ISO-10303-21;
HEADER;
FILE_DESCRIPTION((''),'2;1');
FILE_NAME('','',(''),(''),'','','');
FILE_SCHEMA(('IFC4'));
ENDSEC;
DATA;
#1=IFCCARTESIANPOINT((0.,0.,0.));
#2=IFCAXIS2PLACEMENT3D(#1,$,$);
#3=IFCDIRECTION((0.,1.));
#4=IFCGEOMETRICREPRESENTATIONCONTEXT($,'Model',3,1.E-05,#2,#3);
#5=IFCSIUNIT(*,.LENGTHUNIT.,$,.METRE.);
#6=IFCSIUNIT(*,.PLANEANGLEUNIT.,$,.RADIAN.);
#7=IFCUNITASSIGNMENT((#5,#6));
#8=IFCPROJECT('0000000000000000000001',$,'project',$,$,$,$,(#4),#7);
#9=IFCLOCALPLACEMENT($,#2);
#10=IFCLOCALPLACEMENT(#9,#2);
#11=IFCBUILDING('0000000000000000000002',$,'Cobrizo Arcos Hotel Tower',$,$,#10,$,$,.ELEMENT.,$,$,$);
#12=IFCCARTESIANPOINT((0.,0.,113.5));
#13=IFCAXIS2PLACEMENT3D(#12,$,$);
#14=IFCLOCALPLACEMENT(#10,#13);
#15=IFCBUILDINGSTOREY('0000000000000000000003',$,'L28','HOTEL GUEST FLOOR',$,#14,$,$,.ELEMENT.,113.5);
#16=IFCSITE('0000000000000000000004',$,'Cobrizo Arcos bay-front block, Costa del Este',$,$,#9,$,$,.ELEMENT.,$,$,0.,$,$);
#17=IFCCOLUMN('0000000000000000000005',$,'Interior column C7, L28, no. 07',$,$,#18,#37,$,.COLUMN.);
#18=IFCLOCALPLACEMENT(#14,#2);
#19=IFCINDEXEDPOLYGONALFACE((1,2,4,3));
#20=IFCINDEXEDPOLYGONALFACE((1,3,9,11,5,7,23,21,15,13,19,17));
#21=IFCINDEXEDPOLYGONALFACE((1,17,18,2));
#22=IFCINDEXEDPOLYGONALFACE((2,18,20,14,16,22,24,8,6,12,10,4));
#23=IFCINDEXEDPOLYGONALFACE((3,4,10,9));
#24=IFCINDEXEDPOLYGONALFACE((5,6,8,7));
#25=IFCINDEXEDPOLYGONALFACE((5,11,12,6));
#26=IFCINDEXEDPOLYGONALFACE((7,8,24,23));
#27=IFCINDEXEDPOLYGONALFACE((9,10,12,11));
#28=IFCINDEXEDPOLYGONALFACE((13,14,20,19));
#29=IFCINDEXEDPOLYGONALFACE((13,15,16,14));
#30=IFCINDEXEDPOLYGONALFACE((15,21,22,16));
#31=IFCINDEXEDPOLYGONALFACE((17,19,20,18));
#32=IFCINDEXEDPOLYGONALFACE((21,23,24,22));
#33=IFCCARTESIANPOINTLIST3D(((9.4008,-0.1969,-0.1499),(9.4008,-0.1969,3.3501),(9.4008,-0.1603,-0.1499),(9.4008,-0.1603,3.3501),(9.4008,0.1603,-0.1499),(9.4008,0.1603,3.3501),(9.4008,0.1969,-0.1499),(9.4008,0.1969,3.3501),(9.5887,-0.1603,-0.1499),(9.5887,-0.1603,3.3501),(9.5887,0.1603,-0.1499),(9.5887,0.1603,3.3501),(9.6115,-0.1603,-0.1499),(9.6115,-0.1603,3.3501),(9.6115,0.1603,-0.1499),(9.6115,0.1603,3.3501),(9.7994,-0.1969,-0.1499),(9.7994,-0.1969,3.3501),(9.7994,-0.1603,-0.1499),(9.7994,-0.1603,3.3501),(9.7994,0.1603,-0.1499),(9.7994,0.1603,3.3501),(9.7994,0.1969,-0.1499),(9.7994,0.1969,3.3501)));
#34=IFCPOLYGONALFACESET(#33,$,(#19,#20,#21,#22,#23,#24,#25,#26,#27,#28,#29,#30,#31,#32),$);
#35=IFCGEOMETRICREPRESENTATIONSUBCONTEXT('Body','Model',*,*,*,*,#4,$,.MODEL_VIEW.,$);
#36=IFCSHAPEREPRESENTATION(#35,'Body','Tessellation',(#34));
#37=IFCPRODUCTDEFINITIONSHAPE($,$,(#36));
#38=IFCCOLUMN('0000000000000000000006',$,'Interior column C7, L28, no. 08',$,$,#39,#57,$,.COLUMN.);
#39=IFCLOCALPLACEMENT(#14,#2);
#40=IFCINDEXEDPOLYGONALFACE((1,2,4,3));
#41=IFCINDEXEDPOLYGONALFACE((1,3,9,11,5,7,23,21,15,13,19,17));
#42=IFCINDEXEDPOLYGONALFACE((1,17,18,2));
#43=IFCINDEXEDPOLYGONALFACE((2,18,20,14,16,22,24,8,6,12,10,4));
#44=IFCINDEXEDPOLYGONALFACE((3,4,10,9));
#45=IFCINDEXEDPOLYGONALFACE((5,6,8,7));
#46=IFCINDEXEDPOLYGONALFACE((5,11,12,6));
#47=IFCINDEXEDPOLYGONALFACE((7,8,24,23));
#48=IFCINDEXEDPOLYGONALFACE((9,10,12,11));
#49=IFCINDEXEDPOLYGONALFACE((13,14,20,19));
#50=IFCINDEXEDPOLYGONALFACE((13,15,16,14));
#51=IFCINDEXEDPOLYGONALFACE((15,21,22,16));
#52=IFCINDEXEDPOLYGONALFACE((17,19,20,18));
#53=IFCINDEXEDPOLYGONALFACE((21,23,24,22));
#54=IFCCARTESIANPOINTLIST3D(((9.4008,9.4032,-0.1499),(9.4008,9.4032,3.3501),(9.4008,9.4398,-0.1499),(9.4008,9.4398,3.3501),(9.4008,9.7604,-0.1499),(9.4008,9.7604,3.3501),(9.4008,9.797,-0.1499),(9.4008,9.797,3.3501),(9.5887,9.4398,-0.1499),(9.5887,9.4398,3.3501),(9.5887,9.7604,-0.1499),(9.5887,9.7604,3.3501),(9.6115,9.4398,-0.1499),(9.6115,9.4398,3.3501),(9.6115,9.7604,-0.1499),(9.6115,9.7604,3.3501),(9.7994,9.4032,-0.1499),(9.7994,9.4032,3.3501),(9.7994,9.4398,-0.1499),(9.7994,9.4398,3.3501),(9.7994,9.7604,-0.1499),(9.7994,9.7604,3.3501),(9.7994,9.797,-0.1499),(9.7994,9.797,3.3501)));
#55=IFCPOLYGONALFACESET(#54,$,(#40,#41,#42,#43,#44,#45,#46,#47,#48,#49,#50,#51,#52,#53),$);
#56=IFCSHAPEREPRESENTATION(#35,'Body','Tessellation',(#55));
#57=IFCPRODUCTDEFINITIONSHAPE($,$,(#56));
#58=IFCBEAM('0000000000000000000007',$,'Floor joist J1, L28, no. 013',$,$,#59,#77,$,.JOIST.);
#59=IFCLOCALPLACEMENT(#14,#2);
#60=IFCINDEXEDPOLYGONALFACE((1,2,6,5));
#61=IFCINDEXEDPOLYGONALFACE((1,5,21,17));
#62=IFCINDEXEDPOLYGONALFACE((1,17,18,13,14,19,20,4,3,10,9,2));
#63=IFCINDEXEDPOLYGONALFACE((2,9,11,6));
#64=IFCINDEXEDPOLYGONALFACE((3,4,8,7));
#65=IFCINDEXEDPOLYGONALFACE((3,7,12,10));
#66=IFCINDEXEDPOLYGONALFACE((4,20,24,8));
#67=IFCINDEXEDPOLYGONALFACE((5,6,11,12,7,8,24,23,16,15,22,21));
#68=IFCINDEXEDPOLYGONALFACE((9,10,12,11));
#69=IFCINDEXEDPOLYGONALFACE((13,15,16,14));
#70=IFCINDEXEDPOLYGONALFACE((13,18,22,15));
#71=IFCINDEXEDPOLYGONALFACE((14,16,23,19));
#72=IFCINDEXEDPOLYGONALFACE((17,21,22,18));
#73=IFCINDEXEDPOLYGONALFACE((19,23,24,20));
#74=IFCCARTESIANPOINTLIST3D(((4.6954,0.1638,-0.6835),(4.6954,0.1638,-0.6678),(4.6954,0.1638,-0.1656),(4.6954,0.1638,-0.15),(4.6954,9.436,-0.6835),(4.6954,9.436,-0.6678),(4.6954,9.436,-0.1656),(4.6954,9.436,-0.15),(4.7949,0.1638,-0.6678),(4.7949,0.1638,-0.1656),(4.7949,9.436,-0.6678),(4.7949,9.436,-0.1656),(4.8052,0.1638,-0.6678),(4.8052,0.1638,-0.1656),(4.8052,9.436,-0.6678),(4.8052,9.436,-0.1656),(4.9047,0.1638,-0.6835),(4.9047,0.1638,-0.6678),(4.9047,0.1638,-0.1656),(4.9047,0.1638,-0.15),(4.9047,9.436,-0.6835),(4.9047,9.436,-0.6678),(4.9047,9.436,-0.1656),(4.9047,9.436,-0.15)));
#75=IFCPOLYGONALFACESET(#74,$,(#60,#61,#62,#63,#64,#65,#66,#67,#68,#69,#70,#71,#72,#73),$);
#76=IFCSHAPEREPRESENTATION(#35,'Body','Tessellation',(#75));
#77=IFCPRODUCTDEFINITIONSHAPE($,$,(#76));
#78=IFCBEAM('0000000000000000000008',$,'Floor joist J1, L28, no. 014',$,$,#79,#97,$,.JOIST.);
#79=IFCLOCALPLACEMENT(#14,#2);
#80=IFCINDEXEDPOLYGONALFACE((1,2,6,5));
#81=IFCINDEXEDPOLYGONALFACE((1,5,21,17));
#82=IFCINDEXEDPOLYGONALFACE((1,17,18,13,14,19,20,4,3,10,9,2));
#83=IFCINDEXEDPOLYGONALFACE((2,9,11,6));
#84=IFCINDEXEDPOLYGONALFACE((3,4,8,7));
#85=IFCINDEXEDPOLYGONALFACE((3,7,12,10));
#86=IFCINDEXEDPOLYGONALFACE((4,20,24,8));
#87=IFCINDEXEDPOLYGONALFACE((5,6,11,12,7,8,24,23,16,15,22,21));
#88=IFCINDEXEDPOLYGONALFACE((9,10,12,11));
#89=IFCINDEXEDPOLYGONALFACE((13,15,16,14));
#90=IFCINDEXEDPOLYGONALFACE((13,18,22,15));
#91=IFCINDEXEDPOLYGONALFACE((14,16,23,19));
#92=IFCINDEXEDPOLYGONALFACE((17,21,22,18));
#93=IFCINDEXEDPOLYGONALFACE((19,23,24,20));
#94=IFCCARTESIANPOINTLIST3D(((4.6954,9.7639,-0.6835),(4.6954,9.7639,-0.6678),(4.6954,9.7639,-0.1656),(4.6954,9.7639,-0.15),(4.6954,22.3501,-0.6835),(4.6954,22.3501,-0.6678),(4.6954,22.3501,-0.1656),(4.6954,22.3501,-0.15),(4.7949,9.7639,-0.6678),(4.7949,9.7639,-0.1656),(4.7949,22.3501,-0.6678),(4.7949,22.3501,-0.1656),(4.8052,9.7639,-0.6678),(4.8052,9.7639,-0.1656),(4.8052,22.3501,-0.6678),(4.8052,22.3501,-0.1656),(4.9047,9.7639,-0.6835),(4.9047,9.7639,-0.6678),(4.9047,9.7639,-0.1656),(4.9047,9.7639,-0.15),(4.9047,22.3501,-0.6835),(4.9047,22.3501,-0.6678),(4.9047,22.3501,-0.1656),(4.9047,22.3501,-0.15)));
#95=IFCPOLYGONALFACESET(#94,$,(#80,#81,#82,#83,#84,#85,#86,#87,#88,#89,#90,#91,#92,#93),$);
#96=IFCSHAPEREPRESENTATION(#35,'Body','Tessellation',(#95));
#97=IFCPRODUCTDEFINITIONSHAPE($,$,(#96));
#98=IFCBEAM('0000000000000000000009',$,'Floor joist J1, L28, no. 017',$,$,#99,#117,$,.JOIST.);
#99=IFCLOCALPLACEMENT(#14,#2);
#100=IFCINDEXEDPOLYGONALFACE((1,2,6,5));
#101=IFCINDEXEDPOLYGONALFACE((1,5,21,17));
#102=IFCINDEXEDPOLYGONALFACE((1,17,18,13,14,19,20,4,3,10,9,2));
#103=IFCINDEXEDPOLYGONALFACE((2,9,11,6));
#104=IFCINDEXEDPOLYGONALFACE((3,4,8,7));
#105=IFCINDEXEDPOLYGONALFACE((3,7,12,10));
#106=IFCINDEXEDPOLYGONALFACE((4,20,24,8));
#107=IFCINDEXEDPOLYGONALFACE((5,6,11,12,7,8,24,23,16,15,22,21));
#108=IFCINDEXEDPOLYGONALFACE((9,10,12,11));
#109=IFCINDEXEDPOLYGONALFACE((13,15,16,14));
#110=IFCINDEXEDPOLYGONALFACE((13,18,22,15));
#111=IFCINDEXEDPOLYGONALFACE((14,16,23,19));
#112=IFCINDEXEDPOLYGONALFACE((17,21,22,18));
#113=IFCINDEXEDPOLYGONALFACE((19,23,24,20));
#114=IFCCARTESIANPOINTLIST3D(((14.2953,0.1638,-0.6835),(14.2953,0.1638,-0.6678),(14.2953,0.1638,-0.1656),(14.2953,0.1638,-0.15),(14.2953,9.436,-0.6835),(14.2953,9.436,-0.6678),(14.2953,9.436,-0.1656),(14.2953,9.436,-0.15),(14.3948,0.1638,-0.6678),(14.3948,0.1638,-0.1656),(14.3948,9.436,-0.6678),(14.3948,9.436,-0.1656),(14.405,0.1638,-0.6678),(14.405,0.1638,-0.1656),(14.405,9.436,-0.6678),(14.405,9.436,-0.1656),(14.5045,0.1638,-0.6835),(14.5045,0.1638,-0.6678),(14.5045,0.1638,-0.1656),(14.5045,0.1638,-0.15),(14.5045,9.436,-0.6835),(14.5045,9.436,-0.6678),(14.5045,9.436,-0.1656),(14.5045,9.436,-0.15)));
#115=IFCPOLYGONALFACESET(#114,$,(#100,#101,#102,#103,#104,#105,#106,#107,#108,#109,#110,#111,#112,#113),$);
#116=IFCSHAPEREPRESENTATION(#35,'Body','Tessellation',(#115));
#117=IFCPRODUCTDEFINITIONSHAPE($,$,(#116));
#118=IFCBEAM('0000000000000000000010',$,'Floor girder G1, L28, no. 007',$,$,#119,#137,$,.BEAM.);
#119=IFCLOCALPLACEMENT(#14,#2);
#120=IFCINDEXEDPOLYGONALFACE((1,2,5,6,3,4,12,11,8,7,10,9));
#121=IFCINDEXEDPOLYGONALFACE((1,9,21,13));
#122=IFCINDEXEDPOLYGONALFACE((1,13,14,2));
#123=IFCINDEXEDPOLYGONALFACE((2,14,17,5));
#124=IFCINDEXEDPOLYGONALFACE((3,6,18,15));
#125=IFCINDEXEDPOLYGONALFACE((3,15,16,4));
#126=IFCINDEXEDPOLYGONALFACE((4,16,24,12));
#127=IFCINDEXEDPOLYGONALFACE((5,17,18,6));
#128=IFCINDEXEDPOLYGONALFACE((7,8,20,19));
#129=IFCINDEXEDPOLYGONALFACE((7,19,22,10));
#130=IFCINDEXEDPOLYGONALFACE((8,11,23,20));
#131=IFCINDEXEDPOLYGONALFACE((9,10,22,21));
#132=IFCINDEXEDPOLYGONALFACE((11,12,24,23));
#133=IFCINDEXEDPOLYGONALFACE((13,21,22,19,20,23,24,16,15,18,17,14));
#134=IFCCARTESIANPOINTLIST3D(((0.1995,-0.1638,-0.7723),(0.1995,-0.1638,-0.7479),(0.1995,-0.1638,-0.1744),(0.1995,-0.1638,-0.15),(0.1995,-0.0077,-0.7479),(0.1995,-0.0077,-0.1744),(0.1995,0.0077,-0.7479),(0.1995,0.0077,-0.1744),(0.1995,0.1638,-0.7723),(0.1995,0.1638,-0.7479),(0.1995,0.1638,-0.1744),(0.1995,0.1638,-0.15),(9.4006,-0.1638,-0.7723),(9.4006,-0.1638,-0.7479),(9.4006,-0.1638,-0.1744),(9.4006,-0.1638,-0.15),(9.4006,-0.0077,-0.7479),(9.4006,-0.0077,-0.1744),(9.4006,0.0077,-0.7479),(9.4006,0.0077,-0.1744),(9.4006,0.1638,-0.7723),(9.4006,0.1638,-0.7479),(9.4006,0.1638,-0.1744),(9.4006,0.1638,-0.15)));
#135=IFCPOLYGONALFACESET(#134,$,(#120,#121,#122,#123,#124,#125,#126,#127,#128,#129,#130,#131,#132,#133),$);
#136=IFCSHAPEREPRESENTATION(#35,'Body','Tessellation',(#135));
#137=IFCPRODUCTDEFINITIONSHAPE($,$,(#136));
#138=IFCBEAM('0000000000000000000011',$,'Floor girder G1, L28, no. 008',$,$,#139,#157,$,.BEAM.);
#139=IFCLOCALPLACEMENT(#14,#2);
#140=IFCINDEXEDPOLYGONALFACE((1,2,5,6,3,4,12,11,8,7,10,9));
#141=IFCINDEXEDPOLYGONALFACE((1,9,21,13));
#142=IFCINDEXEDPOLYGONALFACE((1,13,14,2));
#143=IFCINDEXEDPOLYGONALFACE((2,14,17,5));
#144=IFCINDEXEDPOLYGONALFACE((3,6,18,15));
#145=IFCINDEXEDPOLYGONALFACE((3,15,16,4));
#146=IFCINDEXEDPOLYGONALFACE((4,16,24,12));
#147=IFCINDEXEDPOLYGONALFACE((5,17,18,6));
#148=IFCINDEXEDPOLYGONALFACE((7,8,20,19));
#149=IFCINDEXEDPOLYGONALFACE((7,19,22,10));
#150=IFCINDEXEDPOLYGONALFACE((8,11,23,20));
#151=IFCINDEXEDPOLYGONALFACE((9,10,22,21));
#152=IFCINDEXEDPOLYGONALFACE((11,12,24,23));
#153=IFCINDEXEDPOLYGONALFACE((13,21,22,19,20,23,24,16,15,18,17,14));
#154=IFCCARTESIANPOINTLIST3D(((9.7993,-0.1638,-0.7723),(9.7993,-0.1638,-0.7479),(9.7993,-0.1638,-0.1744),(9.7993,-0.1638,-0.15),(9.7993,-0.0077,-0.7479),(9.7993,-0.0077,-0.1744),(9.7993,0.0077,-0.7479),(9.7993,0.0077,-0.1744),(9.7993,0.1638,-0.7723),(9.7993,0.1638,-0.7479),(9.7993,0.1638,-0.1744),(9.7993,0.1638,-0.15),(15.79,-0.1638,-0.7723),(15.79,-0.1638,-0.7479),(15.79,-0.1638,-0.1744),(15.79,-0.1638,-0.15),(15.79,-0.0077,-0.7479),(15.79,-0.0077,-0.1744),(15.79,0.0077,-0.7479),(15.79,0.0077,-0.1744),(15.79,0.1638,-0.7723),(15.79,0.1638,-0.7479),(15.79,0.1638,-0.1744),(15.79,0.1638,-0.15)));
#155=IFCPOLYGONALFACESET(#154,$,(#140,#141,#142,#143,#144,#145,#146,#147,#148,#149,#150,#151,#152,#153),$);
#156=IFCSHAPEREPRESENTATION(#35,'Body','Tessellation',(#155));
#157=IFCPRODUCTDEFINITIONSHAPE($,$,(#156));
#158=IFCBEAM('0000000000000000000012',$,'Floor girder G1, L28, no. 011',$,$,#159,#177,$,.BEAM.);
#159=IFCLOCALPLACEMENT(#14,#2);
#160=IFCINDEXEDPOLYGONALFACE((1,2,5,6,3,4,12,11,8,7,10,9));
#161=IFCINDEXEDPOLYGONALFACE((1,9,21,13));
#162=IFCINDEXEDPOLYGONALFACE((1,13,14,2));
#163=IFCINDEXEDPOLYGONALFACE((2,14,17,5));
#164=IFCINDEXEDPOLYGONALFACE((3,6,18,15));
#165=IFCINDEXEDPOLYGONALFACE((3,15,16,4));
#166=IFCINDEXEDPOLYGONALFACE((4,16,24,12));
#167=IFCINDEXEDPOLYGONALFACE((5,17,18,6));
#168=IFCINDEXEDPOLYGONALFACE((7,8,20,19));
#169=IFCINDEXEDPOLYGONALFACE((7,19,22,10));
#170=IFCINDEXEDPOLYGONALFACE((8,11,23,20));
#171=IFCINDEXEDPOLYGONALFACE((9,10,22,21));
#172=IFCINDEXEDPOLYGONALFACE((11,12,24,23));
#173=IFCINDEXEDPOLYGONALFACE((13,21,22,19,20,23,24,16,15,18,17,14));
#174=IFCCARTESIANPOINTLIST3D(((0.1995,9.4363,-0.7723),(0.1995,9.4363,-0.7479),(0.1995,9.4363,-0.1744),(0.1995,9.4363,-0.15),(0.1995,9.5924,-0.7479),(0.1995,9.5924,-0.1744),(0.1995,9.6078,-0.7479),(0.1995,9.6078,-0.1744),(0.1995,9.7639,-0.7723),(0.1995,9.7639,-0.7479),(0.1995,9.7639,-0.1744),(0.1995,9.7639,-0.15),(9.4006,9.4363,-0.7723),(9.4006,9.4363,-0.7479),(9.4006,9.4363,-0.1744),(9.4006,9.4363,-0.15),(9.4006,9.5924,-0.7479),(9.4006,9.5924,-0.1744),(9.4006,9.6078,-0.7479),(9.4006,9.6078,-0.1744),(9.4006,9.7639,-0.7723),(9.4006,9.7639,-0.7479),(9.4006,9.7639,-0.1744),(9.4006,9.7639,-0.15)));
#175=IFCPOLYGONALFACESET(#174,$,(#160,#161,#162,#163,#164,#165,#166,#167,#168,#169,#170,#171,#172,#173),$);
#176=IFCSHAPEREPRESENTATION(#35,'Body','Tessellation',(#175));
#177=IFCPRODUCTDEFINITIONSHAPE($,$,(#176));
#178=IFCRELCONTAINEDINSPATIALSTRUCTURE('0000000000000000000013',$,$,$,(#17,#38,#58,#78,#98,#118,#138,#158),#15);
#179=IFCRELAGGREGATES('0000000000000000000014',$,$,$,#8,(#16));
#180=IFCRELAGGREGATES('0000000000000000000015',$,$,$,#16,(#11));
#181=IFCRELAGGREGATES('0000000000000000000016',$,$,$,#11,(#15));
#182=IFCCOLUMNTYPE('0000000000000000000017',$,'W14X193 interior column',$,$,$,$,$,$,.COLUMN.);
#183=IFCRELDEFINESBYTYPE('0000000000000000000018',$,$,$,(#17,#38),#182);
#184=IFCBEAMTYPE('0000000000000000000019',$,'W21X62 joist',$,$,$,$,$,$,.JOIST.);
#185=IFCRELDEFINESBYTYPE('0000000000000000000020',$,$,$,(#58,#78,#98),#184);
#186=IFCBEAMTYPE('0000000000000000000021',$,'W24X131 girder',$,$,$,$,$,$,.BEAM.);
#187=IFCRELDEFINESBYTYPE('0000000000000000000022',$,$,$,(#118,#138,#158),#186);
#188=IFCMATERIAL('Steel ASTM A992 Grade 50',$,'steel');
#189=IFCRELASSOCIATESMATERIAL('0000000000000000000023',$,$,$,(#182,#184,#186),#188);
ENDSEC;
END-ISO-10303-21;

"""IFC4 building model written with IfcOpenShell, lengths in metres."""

from ifc_helpers import new_model, si_unit, direction, frame, origin, origin_2d, place, context, subcontext, project, spatial, i_section, extrude, material, material_profile, profile_set, type_object, element, save


model = new_model("IFC4")

# Units and contexts
model_context = context("Model", 3, precision=1e-05, world=origin(), true_north=direction((0.0, 1.0)))
body_context = subcontext(model_context, "Body", "Model", "MODEL_VIEW")
ifc_project = project(units=[si_unit("LENGTHUNIT", "METRE"), si_unit("PLANEANGLEUNIT", "RADIAN")], contexts=[model_context])

# Site, building, storey
site_placement = place(None, origin())
site = spatial("IfcSite", under=ifc_project, at=site_placement, Name="Cobrizo Arcos bay-front block, Costa del Este", CompositionType="ELEMENT", RefElevation=0.0)
building_placement = place(site_placement, origin())
building = spatial("IfcBuilding", under=site, at=building_placement, Name="Cobrizo Arcos Hotel Tower", CompositionType="ELEMENT")
storey_placement = place(building_placement, frame((0.0, 0.0, 113.5)))
storey = spatial("IfcBuildingStorey", under=building, at=storey_placement, Name="L28", Description="HOTEL GUEST FLOOR", CompositionType="ELEMENT", Elevation=113.5)

# Columns
ifc_material_1 = material(Name="Steel ASTM A992 Grade 50", Category="steel")
ifc_material_profile_1 = material_profile(ifc_material_1, i_section(OverallWidth=0.3987, OverallDepth=0.3938, WebThickness=0.0227, FlangeThickness=0.0366, at=origin_2d()), Name="W14X193")
ifc_profile_set_1 = profile_set([ifc_material_profile_1], Name="Steel ASTM A992 Grade 50")
column_type = type_object("IfcColumnType", Name="W14X193 interior column", PredefinedType="COLUMN", material=ifc_profile_set_1)
for number, where, z_axis, x_axis, name in (
    (1, (9.6001, 0.0, -0.1499), (0.0, 0.0, 1.0), (1.0, 0.0, 0.0), "Interior column C7, L28, no. 07"),
    (2, (9.6001, 9.6001, -0.1499), (0.0, 0.0, 1.0), (1.0, 0.0, 0.0), "Interior column C7, L28, no. 08"),
):
    element("IfcColumn", number, at=place(storey_placement, frame(where, z_axis=z_axis, x_axis=x_axis)), inside=storey, type_object=column_type, Name=name, PredefinedType="COLUMN", context=body_context, shape_type="SweptSolid", body=[
        extrude(i_section(OverallWidth=0.3987, OverallDepth=0.3938, WebThickness=0.0227, FlangeThickness=0.0366, at=origin_2d()), origin(), (0.0, 0.0, 1.0), 3.5),
    ])

# Beams
ifc_material_profile_2 = material_profile(ifc_material_1, i_section(OverallWidth=0.2092, OverallDepth=0.5334, WebThickness=0.0103, FlangeThickness=0.0156, at=origin_2d()), Name="W21X62")
ifc_profile_set_2 = profile_set([ifc_material_profile_2], Name="Steel ASTM A992 Grade 50")
beam_type_1 = type_object("IfcBeamType", Name="W21X62 joist", PredefinedType="JOIST", material=ifc_profile_set_2)
beam_1_placement = place(storey_placement, frame((4.8, 0.1638, -0.4167), z_axis=(0.0, 1.0, 0.0), x_axis=(-1.0, 0.0, 0.0)))
element("IfcBeam", 3, at=beam_1_placement, inside=storey, type_object=beam_type_1, Name="Floor joist J1, L28, no. 013", PredefinedType="JOIST", context=body_context, shape_type="SweptSolid", body=[
    extrude(i_section(OverallWidth=0.2092, OverallDepth=0.5334, WebThickness=0.0103, FlangeThickness=0.0156, at=origin_2d()), origin(), (0.0, 0.0, 1.0), 9.2722),
])
beam_2_placement = place(storey_placement, frame((4.8, 9.7639, -0.4167), z_axis=(0.0, 1.0, 0.0), x_axis=(-1.0, 0.0, 0.0)))
element("IfcBeam", 4, at=beam_2_placement, inside=storey, type_object=beam_type_1, Name="Floor joist J1, L28, no. 014", PredefinedType="JOIST", context=body_context, shape_type="SweptSolid", body=[
    extrude(i_section(OverallWidth=0.2092, OverallDepth=0.5334, WebThickness=0.0103, FlangeThickness=0.0156, at=origin_2d()), origin(), (0.0, 0.0, 1.0), 12.5862),
])
beam_3_placement = place(storey_placement, frame((14.3999, 0.1638, -0.4167), z_axis=(0.0, 1.0, 0.0), x_axis=(-1.0, 0.0, 0.0)))
element("IfcBeam", 5, at=beam_3_placement, inside=storey, type_object=beam_type_1, Name="Floor joist J1, L28, no. 017", PredefinedType="JOIST", context=body_context, shape_type="SweptSolid", body=[
    extrude(i_section(OverallWidth=0.2092, OverallDepth=0.5334, WebThickness=0.0103, FlangeThickness=0.0156, at=origin_2d()), origin(), (0.0, 0.0, 1.0), 9.2722),
])
ifc_material_profile_3 = material_profile(ifc_material_1, i_section(OverallWidth=0.3276, OverallDepth=0.6223, WebThickness=0.0154, FlangeThickness=0.0244, at=origin_2d()), Name="W24X131")
ifc_profile_set_3 = profile_set([ifc_material_profile_3], Name="Steel ASTM A992 Grade 50")
beam_type_2 = type_object("IfcBeamType", Name="W24X131 girder", PredefinedType="BEAM", material=ifc_profile_set_3)
beam_4_placement = place(storey_placement, frame((0.1995, 0.0, -0.4612), z_axis=(1.0, 0.0, 0.0), x_axis=(0.0, 1.0, 0.0)))
element("IfcBeam", 6, at=beam_4_placement, inside=storey, type_object=beam_type_2, Name="Floor girder G1, L28, no. 007", PredefinedType="BEAM", context=body_context, shape_type="SweptSolid", body=[
    extrude(i_section(OverallWidth=0.3276, OverallDepth=0.6223, WebThickness=0.0154, FlangeThickness=0.0244, at=origin_2d()), origin(), (0.0, 0.0, 1.0), 9.2012),
])
beam_5_placement = place(storey_placement, frame((9.7993, 0.0, -0.4612), z_axis=(1.0, 0.0, 0.0), x_axis=(0.0, 1.0, 0.0)))
element("IfcBeam", 7, at=beam_5_placement, inside=storey, type_object=beam_type_2, Name="Floor girder G1, L28, no. 008", PredefinedType="BEAM", context=body_context, shape_type="SweptSolid", body=[
    extrude(i_section(OverallWidth=0.3276, OverallDepth=0.6223, WebThickness=0.0154, FlangeThickness=0.0244, at=origin_2d()), origin(), (0.0, 0.0, 1.0), 5.9907),
])
beam_6_placement = place(storey_placement, frame((0.1995, 9.6001, -0.4612), z_axis=(1.0, 0.0, 0.0), x_axis=(0.0, 1.0, 0.0)))
element("IfcBeam", 8, at=beam_6_placement, inside=storey, type_object=beam_type_2, Name="Floor girder G1, L28, no. 011", PredefinedType="BEAM", context=body_context, shape_type="SweptSolid", body=[
    extrude(i_section(OverallWidth=0.3276, OverallDepth=0.6223, WebThickness=0.0154, FlangeThickness=0.0244, at=origin_2d()), origin(), (0.0, 0.0, 1.0), 9.2012),
])

save(model, "model.ifc")
